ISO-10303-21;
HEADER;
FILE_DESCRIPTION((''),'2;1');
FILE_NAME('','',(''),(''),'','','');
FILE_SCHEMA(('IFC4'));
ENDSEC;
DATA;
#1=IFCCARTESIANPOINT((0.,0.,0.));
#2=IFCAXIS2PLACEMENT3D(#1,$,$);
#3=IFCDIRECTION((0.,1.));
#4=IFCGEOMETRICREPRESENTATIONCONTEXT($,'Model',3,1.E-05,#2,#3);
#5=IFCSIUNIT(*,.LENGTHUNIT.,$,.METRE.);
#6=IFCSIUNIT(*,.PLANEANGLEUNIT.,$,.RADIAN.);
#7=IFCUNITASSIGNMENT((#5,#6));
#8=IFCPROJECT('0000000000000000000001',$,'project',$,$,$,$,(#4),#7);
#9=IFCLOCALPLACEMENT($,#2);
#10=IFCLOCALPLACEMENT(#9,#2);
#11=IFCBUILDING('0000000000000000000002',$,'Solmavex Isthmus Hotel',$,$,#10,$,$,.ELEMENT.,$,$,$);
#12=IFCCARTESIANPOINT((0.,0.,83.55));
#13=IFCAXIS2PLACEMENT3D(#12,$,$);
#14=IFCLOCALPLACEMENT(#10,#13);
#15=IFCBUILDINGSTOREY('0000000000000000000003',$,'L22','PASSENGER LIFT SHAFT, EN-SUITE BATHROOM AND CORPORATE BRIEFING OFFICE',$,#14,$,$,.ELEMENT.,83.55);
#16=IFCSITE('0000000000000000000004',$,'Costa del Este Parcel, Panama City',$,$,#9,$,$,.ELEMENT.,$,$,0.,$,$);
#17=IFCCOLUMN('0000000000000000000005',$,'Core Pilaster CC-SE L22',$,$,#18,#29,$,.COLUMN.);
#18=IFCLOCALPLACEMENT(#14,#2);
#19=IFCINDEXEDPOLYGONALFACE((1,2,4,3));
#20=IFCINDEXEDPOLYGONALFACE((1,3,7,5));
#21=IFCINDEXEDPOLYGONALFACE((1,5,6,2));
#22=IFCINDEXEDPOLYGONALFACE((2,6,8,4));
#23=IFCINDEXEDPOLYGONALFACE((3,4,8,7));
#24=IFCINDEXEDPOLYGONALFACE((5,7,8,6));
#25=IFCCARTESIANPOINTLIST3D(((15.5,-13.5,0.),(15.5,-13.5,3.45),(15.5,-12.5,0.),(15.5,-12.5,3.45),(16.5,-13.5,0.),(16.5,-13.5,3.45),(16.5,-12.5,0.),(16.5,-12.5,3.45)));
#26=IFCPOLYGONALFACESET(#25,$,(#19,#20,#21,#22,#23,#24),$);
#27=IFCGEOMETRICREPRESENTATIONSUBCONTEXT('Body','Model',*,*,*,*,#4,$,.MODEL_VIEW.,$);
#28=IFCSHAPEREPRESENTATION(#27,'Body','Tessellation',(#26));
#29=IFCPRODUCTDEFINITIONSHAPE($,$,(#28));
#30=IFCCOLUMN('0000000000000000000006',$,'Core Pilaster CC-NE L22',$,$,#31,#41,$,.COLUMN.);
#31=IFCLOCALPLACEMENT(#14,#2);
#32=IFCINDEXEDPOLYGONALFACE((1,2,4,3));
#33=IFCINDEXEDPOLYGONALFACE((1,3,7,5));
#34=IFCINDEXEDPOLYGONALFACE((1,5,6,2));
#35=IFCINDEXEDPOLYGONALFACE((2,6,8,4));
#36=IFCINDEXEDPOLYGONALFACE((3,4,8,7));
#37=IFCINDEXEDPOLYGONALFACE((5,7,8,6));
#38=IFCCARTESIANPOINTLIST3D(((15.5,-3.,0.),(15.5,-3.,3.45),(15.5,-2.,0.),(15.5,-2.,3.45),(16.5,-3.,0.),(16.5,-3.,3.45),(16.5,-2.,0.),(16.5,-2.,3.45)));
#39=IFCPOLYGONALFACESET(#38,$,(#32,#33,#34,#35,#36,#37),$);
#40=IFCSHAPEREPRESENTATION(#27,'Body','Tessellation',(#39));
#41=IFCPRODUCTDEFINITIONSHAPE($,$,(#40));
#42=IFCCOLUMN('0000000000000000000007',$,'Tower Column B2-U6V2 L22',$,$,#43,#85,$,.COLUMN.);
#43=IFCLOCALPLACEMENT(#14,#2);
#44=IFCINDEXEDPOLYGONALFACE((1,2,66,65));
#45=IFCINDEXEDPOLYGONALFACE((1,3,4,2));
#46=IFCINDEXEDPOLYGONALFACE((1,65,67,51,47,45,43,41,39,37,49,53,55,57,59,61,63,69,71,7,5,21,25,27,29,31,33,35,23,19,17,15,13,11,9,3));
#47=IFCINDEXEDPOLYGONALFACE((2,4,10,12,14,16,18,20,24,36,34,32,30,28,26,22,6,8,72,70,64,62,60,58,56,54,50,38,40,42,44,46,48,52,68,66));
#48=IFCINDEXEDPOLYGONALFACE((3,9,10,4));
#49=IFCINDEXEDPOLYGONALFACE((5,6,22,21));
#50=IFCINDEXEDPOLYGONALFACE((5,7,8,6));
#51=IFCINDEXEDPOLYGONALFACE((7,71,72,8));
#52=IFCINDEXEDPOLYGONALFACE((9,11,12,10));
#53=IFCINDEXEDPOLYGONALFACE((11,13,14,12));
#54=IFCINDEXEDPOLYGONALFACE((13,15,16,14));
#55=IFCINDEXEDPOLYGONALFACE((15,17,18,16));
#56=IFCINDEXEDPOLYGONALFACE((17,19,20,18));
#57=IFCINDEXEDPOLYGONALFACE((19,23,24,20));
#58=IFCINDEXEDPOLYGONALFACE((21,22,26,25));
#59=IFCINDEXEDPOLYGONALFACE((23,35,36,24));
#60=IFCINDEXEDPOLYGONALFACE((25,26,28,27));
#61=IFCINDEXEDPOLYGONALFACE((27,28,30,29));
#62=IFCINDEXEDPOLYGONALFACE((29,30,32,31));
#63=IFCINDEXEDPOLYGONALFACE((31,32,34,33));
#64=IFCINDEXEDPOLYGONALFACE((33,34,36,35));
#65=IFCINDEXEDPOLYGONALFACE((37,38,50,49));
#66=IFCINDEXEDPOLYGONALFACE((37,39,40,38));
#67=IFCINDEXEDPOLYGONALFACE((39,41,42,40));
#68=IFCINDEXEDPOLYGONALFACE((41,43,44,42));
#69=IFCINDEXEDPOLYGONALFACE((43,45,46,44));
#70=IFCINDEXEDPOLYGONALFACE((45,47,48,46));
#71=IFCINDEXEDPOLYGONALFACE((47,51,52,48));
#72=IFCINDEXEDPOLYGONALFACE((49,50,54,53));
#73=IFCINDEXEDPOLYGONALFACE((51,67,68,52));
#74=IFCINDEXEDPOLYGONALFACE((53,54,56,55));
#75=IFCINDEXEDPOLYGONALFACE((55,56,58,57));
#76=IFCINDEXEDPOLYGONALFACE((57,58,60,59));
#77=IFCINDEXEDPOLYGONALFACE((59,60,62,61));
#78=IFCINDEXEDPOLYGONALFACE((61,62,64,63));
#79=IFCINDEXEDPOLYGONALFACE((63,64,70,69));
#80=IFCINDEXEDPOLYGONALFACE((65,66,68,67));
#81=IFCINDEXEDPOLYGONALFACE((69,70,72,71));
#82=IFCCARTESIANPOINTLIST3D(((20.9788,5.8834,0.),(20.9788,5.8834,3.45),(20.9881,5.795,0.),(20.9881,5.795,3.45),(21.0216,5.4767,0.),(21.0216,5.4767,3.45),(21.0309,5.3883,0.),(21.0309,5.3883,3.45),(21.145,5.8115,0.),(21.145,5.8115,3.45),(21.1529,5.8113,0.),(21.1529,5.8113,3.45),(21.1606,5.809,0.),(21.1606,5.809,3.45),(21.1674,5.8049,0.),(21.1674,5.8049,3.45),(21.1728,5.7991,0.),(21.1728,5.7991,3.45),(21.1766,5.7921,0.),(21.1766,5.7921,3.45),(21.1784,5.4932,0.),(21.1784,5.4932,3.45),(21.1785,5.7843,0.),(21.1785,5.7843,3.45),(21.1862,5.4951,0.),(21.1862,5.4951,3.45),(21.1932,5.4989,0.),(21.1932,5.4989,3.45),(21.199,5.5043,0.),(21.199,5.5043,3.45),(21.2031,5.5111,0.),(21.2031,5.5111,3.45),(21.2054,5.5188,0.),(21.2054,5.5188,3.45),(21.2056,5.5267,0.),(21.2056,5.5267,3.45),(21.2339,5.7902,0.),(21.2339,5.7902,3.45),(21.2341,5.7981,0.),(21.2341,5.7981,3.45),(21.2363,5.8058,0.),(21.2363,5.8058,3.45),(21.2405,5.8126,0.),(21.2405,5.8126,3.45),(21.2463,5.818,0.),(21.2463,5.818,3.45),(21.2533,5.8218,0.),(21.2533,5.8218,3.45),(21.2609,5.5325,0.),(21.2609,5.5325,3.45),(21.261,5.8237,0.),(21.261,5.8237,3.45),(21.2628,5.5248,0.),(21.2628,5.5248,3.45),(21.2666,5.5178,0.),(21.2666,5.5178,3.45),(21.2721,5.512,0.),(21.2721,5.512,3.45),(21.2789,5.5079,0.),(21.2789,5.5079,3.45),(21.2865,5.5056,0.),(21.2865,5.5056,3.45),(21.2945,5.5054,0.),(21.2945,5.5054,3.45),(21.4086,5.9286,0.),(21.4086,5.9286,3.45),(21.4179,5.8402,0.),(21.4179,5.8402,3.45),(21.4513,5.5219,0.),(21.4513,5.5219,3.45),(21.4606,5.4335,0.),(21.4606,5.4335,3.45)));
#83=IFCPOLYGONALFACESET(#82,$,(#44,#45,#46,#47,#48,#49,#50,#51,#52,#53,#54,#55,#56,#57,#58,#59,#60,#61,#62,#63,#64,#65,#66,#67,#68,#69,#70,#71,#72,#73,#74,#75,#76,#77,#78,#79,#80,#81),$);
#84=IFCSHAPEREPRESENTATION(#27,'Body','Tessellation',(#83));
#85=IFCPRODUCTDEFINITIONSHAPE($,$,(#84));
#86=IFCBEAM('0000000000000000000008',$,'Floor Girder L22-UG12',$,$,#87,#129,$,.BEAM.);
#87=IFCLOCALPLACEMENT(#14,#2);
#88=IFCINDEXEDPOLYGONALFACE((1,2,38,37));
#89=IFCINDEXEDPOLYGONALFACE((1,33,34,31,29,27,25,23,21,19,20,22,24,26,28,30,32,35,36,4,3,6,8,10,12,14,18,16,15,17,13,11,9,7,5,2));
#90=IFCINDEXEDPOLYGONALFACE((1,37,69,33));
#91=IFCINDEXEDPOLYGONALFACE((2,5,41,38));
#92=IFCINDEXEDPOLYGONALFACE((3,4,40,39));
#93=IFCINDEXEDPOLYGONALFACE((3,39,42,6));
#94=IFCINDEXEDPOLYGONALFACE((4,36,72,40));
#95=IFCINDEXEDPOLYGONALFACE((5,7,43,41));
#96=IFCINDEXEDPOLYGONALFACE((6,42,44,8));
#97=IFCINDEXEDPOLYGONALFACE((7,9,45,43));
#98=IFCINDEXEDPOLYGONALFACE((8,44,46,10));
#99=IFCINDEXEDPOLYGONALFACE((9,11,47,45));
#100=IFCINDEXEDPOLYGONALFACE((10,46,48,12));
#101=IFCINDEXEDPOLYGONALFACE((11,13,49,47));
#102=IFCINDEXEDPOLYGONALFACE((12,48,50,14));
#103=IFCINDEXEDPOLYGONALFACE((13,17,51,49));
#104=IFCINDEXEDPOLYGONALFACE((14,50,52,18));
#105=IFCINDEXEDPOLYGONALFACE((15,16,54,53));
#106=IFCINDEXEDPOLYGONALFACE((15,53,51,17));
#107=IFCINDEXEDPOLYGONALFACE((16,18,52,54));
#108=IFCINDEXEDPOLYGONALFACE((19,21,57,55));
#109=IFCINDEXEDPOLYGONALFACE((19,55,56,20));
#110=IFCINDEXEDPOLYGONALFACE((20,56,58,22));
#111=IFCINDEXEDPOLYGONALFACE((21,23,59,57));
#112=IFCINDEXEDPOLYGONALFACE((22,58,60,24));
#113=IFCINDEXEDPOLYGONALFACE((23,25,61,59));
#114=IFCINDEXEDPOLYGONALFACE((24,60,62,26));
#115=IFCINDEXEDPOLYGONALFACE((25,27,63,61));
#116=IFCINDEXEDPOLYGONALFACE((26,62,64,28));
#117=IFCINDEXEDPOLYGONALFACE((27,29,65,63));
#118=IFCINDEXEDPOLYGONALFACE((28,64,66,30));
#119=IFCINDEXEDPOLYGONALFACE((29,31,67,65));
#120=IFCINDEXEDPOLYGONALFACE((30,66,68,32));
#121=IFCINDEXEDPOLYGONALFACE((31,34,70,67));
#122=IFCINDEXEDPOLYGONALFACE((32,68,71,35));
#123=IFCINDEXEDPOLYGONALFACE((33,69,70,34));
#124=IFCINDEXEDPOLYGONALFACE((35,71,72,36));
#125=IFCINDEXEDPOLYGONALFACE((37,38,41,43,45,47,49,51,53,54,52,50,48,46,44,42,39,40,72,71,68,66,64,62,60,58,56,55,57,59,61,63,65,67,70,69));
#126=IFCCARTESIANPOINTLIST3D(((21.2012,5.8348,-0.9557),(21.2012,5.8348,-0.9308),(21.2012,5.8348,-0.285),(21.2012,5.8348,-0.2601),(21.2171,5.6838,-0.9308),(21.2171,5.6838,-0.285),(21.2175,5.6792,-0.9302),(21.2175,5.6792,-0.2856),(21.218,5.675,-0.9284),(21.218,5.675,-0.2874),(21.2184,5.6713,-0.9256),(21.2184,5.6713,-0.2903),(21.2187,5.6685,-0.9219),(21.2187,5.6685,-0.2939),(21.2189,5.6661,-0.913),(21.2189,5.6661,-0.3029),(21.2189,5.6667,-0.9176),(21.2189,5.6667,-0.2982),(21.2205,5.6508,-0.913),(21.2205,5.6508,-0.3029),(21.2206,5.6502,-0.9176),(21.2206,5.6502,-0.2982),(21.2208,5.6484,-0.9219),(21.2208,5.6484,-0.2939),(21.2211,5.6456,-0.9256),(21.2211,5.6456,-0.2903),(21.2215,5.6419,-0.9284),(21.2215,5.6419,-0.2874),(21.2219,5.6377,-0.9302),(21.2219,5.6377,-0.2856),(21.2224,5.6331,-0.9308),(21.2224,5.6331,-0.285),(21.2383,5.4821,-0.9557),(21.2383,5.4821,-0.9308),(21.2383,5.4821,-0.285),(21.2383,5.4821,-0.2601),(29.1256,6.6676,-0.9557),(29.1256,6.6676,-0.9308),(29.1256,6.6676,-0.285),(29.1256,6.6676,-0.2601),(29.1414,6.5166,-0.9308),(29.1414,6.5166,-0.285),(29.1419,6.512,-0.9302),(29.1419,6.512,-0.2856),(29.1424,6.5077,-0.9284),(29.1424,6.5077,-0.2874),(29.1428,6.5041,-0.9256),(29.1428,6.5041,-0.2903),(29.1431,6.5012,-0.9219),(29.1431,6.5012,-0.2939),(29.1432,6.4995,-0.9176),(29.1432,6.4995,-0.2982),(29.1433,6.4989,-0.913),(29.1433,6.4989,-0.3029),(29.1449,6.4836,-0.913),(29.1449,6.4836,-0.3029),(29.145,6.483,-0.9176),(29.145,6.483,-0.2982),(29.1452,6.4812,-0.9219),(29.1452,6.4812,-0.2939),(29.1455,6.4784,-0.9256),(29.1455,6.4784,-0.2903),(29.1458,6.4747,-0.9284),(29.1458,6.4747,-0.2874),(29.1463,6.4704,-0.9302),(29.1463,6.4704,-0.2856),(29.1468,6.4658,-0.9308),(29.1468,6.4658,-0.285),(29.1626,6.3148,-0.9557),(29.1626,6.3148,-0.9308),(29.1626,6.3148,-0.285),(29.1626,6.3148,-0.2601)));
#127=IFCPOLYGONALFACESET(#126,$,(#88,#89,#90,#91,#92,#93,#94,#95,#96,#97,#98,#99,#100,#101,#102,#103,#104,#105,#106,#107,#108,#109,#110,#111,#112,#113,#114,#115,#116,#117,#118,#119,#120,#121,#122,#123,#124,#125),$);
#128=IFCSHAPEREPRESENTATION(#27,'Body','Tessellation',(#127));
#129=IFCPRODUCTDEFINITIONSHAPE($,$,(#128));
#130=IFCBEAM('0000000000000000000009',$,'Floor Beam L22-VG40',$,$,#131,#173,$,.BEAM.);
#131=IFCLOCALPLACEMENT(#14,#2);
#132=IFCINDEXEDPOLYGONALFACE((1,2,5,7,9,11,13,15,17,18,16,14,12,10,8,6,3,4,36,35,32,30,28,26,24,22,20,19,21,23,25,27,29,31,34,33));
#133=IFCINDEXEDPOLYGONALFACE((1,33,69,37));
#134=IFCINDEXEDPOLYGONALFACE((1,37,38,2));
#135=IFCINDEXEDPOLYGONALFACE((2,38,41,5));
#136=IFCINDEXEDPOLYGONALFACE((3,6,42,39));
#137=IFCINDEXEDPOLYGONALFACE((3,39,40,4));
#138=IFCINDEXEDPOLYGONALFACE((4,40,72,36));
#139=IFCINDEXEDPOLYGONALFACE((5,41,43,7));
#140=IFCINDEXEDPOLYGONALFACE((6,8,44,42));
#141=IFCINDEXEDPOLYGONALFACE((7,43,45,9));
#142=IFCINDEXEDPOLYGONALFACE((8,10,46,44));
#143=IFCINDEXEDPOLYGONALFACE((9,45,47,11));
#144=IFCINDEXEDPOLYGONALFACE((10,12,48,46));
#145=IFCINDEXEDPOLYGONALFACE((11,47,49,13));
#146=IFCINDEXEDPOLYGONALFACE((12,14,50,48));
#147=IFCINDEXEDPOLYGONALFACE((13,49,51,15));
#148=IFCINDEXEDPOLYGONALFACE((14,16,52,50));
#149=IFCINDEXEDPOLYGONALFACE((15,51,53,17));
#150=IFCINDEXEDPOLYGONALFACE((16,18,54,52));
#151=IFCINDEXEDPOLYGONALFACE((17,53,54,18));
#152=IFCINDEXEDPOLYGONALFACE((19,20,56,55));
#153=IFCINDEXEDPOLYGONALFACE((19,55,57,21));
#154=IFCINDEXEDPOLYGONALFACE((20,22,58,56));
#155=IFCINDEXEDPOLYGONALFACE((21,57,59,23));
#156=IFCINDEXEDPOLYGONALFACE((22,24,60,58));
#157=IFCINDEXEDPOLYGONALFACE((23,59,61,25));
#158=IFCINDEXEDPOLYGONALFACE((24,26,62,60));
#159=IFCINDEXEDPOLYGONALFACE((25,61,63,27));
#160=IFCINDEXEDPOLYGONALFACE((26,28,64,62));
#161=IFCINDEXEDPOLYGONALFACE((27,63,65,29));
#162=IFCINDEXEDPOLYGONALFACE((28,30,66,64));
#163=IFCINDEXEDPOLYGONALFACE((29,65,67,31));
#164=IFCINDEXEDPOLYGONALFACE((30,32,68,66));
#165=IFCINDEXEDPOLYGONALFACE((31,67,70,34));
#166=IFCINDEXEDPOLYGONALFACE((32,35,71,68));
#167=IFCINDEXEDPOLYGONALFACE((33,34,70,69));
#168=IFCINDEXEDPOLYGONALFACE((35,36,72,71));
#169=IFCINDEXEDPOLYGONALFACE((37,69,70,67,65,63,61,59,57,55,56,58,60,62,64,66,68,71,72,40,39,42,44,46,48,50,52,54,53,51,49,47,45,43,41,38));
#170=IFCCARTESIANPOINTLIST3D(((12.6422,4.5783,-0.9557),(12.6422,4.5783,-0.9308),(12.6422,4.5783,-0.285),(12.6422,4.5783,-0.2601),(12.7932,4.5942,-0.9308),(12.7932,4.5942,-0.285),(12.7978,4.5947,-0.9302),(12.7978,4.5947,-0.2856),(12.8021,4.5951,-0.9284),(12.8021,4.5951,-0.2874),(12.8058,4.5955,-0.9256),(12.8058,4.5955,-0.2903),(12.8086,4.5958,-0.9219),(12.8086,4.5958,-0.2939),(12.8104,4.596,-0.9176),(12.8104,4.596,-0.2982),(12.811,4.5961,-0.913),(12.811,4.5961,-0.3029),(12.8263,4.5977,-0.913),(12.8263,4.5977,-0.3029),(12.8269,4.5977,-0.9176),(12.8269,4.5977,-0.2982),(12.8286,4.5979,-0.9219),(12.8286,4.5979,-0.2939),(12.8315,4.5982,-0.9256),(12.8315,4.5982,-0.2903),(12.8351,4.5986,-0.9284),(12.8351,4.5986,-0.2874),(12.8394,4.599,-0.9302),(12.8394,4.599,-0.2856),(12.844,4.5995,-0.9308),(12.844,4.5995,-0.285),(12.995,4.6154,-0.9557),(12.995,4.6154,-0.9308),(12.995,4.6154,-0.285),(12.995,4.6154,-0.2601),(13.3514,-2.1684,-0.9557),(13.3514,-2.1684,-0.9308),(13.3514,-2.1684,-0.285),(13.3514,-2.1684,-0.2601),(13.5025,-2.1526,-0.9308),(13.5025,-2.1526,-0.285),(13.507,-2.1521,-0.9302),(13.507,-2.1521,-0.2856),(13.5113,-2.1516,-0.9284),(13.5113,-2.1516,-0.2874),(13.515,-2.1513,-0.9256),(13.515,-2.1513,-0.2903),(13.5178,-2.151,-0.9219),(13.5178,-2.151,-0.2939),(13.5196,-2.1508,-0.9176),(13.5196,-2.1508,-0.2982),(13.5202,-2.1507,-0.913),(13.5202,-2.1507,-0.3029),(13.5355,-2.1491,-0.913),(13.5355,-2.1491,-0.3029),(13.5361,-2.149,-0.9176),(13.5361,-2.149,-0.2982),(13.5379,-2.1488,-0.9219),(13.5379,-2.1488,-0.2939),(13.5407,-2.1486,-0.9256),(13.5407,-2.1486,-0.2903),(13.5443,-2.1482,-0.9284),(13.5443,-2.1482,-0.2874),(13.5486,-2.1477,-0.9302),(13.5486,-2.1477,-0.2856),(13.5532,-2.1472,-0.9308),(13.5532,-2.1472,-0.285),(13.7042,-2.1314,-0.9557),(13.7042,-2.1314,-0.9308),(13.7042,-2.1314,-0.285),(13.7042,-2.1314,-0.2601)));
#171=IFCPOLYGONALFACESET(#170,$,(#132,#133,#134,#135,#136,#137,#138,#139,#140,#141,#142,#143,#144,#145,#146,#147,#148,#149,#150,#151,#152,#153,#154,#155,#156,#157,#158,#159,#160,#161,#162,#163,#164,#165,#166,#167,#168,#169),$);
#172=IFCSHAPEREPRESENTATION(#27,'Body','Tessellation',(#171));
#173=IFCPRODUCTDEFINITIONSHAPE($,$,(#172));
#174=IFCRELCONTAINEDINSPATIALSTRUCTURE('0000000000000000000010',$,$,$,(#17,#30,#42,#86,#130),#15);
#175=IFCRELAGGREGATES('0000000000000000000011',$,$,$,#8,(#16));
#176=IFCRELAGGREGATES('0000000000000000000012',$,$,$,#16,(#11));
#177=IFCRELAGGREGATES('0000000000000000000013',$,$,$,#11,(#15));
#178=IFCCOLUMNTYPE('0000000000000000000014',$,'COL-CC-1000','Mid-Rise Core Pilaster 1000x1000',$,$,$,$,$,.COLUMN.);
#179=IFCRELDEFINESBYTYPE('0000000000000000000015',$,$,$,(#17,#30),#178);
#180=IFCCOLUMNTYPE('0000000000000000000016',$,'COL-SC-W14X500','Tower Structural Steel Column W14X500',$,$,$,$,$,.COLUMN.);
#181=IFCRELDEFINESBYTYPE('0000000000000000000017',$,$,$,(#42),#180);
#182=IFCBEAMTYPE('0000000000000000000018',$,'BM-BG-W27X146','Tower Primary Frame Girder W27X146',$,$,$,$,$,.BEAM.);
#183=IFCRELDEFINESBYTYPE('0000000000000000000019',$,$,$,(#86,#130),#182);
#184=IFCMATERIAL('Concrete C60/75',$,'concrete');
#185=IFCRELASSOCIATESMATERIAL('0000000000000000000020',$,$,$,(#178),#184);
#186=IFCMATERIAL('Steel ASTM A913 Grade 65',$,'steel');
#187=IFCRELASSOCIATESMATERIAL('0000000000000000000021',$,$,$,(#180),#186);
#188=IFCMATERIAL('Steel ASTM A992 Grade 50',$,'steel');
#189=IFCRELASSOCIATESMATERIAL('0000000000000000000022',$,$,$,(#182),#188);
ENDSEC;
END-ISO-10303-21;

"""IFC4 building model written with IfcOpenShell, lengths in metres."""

from ifc_helpers import new_model, si_unit, direction, frame, origin, origin_2d, place, context, subcontext, project, spatial, rectangle, i_section, extrude, material, material_profile, profile_set, type_object, element, save


model = new_model("IFC4")

# Units and contexts
model_context = context("Model", 3, precision=1e-05, world=origin(), true_north=direction((0.0, 1.0)))
body_context = subcontext(model_context, "Body", "Model", "MODEL_VIEW")
ifc_project = project(units=[si_unit("LENGTHUNIT", "METRE"), si_unit("PLANEANGLEUNIT", "RADIAN")], contexts=[model_context])

# Site, building, storey
site_placement = place(None, origin())
site = spatial("IfcSite", under=ifc_project, at=site_placement, Name="Costa del Este Parcel, Panama City", CompositionType="ELEMENT", RefElevation=0.0)
building_placement = place(site_placement, origin())
building = spatial("IfcBuilding", under=site, at=building_placement, Name="Solmavex Isthmus Hotel", CompositionType="ELEMENT")
storey_placement = place(building_placement, frame((0.0, 0.0, 83.55)))
storey = spatial("IfcBuildingStorey", under=building, at=storey_placement, Name="L22", Description="PASSENGER LIFT SHAFT, EN-SUITE BATHROOM AND CORPORATE BRIEFING OFFICE", CompositionType="ELEMENT", Elevation=83.55)

# Columns
ifc_material_1 = material(Name="Concrete C60/75", Category="concrete")
ifc_material_profile_1 = material_profile(ifc_material_1, rectangle(XDim=1.0, YDim=1.0, at=origin_2d()), Name="RC1000X1000")
ifc_profile_set_1 = profile_set([ifc_material_profile_1], Name="Concrete C60/75")
column_type_1 = type_object("IfcColumnType", Name="COL-CC-1000", Description="Mid-Rise Core Pilaster 1000x1000", PredefinedType="COLUMN", material=ifc_profile_set_1)
for number, where, z_axis, x_axis, name in (
    (1, (16.0, -13.0, 0.0), (0.0, 0.0, 1.0), (1.0, 0.0, 0.0), "Core Pilaster CC-SE L22"),
    (2, (16.0, -2.5, 0.0), (0.0, 0.0, 1.0), (1.0, 0.0, 0.0), "Core Pilaster CC-NE L22"),
):
    element("IfcColumn", number, at=place(storey_placement, frame(where, z_axis=z_axis, x_axis=x_axis)), inside=storey, type_object=column_type_1, Name=name, PredefinedType="COLUMN", context=body_context, shape_type="SweptSolid", body=[
        extrude(rectangle(XDim=1.0, YDim=1.0, at=origin_2d()), origin(), (0.0, 0.0, 1.0), 3.45),
    ])
ifc_material_2 = material(Name="Steel ASTM A913 Grade 65", Category="steel")
ifc_material_profile_2 = material_profile(ifc_material_2, i_section(OverallWidth=0.4321, OverallDepth=0.4978, WebThickness=0.0557, FlangeThickness=0.0889, FilletRadius=0.0305, at=origin_2d()), Name="W14X500")
ifc_profile_set_2 = profile_set([ifc_material_profile_2], Name="Steel ASTM A913 Grade 65")
column_type_2 = type_object("IfcColumnType", Name="COL-SC-W14X500", Description="Tower Structural Steel Column W14X500", PredefinedType="COLUMN", material=ifc_profile_set_2)
column_placement = place(storey_placement, frame((21.2197, 5.6584, 0.0), z_axis=(0.0, 0.0, 1.0), x_axis=(0.994522, 0.104528, 0.0)))
element("IfcColumn", 3, at=column_placement, inside=storey, type_object=column_type_2, Name="Tower Column B2-U6V2 L22", PredefinedType="COLUMN", context=body_context, shape_type="SweptSolid", body=[
    extrude(i_section(OverallWidth=0.4321, OverallDepth=0.4978, WebThickness=0.0557, FlangeThickness=0.0889, FilletRadius=0.0305, at=origin_2d()), origin(), (0.0, 0.0, 1.0), 3.45),
])

# Beams
ifc_material_3 = material(Name="Steel ASTM A992 Grade 50", Category="steel")
ifc_material_profile_3 = material_profile(ifc_material_3, i_section(OverallWidth=0.3547, OverallDepth=0.6956, WebThickness=0.0154, FlangeThickness=0.0249, FilletRadius=0.0178, at=origin_2d()), Name="W27X146")
ifc_profile_set_3 = profile_set([ifc_material_profile_3], Name="Steel ASTM A992 Grade 50")
beam_type_1 = type_object("IfcBeamType", Name="BM-BG-W27X146", Description="Tower Primary Frame Girder W27X146", PredefinedType="BEAM", material=ifc_profile_set_3)
beam_1_placement = place(storey_placement, frame((21.2197, 5.6584, -0.6079), z_axis=(0.994523, 0.104514, 0.0), x_axis=(-0.104514, 0.994523, 0.0)))
element("IfcBeam", 4, at=beam_1_placement, inside=storey, type_object=beam_type_1, Name="Floor Girder L22-UG12", PredefinedType="BEAM", context=body_context, shape_type="SweptSolid", body=[
    extrude(i_section(OverallWidth=0.3547, OverallDepth=0.6956, WebThickness=0.0154, FlangeThickness=0.0249, FilletRadius=0.0178, at=origin_2d()), origin(), (0.0, 0.0, 1.0), 7.968),
])
beam_2_placement = place(storey_placement, frame((13.5278, -2.1499, -0.6079), z_axis=(-0.104544, 0.99452, 0.0), x_axis=(-0.99452, -0.104544, 0.0)))
element("IfcBeam", 5, at=beam_2_placement, inside=storey, type_object=beam_type_1, Name="Floor Beam L22-VG40", PredefinedType="BEAM", context=body_context, shape_type="SweptSolid", body=[
    extrude(i_section(OverallWidth=0.3547, OverallDepth=0.6956, WebThickness=0.0154, FlangeThickness=0.0249, FilletRadius=0.0178, at=origin_2d()), origin(), (0.0, 0.0, 1.0), 6.7839),
])

save(model, "model.ifc")
